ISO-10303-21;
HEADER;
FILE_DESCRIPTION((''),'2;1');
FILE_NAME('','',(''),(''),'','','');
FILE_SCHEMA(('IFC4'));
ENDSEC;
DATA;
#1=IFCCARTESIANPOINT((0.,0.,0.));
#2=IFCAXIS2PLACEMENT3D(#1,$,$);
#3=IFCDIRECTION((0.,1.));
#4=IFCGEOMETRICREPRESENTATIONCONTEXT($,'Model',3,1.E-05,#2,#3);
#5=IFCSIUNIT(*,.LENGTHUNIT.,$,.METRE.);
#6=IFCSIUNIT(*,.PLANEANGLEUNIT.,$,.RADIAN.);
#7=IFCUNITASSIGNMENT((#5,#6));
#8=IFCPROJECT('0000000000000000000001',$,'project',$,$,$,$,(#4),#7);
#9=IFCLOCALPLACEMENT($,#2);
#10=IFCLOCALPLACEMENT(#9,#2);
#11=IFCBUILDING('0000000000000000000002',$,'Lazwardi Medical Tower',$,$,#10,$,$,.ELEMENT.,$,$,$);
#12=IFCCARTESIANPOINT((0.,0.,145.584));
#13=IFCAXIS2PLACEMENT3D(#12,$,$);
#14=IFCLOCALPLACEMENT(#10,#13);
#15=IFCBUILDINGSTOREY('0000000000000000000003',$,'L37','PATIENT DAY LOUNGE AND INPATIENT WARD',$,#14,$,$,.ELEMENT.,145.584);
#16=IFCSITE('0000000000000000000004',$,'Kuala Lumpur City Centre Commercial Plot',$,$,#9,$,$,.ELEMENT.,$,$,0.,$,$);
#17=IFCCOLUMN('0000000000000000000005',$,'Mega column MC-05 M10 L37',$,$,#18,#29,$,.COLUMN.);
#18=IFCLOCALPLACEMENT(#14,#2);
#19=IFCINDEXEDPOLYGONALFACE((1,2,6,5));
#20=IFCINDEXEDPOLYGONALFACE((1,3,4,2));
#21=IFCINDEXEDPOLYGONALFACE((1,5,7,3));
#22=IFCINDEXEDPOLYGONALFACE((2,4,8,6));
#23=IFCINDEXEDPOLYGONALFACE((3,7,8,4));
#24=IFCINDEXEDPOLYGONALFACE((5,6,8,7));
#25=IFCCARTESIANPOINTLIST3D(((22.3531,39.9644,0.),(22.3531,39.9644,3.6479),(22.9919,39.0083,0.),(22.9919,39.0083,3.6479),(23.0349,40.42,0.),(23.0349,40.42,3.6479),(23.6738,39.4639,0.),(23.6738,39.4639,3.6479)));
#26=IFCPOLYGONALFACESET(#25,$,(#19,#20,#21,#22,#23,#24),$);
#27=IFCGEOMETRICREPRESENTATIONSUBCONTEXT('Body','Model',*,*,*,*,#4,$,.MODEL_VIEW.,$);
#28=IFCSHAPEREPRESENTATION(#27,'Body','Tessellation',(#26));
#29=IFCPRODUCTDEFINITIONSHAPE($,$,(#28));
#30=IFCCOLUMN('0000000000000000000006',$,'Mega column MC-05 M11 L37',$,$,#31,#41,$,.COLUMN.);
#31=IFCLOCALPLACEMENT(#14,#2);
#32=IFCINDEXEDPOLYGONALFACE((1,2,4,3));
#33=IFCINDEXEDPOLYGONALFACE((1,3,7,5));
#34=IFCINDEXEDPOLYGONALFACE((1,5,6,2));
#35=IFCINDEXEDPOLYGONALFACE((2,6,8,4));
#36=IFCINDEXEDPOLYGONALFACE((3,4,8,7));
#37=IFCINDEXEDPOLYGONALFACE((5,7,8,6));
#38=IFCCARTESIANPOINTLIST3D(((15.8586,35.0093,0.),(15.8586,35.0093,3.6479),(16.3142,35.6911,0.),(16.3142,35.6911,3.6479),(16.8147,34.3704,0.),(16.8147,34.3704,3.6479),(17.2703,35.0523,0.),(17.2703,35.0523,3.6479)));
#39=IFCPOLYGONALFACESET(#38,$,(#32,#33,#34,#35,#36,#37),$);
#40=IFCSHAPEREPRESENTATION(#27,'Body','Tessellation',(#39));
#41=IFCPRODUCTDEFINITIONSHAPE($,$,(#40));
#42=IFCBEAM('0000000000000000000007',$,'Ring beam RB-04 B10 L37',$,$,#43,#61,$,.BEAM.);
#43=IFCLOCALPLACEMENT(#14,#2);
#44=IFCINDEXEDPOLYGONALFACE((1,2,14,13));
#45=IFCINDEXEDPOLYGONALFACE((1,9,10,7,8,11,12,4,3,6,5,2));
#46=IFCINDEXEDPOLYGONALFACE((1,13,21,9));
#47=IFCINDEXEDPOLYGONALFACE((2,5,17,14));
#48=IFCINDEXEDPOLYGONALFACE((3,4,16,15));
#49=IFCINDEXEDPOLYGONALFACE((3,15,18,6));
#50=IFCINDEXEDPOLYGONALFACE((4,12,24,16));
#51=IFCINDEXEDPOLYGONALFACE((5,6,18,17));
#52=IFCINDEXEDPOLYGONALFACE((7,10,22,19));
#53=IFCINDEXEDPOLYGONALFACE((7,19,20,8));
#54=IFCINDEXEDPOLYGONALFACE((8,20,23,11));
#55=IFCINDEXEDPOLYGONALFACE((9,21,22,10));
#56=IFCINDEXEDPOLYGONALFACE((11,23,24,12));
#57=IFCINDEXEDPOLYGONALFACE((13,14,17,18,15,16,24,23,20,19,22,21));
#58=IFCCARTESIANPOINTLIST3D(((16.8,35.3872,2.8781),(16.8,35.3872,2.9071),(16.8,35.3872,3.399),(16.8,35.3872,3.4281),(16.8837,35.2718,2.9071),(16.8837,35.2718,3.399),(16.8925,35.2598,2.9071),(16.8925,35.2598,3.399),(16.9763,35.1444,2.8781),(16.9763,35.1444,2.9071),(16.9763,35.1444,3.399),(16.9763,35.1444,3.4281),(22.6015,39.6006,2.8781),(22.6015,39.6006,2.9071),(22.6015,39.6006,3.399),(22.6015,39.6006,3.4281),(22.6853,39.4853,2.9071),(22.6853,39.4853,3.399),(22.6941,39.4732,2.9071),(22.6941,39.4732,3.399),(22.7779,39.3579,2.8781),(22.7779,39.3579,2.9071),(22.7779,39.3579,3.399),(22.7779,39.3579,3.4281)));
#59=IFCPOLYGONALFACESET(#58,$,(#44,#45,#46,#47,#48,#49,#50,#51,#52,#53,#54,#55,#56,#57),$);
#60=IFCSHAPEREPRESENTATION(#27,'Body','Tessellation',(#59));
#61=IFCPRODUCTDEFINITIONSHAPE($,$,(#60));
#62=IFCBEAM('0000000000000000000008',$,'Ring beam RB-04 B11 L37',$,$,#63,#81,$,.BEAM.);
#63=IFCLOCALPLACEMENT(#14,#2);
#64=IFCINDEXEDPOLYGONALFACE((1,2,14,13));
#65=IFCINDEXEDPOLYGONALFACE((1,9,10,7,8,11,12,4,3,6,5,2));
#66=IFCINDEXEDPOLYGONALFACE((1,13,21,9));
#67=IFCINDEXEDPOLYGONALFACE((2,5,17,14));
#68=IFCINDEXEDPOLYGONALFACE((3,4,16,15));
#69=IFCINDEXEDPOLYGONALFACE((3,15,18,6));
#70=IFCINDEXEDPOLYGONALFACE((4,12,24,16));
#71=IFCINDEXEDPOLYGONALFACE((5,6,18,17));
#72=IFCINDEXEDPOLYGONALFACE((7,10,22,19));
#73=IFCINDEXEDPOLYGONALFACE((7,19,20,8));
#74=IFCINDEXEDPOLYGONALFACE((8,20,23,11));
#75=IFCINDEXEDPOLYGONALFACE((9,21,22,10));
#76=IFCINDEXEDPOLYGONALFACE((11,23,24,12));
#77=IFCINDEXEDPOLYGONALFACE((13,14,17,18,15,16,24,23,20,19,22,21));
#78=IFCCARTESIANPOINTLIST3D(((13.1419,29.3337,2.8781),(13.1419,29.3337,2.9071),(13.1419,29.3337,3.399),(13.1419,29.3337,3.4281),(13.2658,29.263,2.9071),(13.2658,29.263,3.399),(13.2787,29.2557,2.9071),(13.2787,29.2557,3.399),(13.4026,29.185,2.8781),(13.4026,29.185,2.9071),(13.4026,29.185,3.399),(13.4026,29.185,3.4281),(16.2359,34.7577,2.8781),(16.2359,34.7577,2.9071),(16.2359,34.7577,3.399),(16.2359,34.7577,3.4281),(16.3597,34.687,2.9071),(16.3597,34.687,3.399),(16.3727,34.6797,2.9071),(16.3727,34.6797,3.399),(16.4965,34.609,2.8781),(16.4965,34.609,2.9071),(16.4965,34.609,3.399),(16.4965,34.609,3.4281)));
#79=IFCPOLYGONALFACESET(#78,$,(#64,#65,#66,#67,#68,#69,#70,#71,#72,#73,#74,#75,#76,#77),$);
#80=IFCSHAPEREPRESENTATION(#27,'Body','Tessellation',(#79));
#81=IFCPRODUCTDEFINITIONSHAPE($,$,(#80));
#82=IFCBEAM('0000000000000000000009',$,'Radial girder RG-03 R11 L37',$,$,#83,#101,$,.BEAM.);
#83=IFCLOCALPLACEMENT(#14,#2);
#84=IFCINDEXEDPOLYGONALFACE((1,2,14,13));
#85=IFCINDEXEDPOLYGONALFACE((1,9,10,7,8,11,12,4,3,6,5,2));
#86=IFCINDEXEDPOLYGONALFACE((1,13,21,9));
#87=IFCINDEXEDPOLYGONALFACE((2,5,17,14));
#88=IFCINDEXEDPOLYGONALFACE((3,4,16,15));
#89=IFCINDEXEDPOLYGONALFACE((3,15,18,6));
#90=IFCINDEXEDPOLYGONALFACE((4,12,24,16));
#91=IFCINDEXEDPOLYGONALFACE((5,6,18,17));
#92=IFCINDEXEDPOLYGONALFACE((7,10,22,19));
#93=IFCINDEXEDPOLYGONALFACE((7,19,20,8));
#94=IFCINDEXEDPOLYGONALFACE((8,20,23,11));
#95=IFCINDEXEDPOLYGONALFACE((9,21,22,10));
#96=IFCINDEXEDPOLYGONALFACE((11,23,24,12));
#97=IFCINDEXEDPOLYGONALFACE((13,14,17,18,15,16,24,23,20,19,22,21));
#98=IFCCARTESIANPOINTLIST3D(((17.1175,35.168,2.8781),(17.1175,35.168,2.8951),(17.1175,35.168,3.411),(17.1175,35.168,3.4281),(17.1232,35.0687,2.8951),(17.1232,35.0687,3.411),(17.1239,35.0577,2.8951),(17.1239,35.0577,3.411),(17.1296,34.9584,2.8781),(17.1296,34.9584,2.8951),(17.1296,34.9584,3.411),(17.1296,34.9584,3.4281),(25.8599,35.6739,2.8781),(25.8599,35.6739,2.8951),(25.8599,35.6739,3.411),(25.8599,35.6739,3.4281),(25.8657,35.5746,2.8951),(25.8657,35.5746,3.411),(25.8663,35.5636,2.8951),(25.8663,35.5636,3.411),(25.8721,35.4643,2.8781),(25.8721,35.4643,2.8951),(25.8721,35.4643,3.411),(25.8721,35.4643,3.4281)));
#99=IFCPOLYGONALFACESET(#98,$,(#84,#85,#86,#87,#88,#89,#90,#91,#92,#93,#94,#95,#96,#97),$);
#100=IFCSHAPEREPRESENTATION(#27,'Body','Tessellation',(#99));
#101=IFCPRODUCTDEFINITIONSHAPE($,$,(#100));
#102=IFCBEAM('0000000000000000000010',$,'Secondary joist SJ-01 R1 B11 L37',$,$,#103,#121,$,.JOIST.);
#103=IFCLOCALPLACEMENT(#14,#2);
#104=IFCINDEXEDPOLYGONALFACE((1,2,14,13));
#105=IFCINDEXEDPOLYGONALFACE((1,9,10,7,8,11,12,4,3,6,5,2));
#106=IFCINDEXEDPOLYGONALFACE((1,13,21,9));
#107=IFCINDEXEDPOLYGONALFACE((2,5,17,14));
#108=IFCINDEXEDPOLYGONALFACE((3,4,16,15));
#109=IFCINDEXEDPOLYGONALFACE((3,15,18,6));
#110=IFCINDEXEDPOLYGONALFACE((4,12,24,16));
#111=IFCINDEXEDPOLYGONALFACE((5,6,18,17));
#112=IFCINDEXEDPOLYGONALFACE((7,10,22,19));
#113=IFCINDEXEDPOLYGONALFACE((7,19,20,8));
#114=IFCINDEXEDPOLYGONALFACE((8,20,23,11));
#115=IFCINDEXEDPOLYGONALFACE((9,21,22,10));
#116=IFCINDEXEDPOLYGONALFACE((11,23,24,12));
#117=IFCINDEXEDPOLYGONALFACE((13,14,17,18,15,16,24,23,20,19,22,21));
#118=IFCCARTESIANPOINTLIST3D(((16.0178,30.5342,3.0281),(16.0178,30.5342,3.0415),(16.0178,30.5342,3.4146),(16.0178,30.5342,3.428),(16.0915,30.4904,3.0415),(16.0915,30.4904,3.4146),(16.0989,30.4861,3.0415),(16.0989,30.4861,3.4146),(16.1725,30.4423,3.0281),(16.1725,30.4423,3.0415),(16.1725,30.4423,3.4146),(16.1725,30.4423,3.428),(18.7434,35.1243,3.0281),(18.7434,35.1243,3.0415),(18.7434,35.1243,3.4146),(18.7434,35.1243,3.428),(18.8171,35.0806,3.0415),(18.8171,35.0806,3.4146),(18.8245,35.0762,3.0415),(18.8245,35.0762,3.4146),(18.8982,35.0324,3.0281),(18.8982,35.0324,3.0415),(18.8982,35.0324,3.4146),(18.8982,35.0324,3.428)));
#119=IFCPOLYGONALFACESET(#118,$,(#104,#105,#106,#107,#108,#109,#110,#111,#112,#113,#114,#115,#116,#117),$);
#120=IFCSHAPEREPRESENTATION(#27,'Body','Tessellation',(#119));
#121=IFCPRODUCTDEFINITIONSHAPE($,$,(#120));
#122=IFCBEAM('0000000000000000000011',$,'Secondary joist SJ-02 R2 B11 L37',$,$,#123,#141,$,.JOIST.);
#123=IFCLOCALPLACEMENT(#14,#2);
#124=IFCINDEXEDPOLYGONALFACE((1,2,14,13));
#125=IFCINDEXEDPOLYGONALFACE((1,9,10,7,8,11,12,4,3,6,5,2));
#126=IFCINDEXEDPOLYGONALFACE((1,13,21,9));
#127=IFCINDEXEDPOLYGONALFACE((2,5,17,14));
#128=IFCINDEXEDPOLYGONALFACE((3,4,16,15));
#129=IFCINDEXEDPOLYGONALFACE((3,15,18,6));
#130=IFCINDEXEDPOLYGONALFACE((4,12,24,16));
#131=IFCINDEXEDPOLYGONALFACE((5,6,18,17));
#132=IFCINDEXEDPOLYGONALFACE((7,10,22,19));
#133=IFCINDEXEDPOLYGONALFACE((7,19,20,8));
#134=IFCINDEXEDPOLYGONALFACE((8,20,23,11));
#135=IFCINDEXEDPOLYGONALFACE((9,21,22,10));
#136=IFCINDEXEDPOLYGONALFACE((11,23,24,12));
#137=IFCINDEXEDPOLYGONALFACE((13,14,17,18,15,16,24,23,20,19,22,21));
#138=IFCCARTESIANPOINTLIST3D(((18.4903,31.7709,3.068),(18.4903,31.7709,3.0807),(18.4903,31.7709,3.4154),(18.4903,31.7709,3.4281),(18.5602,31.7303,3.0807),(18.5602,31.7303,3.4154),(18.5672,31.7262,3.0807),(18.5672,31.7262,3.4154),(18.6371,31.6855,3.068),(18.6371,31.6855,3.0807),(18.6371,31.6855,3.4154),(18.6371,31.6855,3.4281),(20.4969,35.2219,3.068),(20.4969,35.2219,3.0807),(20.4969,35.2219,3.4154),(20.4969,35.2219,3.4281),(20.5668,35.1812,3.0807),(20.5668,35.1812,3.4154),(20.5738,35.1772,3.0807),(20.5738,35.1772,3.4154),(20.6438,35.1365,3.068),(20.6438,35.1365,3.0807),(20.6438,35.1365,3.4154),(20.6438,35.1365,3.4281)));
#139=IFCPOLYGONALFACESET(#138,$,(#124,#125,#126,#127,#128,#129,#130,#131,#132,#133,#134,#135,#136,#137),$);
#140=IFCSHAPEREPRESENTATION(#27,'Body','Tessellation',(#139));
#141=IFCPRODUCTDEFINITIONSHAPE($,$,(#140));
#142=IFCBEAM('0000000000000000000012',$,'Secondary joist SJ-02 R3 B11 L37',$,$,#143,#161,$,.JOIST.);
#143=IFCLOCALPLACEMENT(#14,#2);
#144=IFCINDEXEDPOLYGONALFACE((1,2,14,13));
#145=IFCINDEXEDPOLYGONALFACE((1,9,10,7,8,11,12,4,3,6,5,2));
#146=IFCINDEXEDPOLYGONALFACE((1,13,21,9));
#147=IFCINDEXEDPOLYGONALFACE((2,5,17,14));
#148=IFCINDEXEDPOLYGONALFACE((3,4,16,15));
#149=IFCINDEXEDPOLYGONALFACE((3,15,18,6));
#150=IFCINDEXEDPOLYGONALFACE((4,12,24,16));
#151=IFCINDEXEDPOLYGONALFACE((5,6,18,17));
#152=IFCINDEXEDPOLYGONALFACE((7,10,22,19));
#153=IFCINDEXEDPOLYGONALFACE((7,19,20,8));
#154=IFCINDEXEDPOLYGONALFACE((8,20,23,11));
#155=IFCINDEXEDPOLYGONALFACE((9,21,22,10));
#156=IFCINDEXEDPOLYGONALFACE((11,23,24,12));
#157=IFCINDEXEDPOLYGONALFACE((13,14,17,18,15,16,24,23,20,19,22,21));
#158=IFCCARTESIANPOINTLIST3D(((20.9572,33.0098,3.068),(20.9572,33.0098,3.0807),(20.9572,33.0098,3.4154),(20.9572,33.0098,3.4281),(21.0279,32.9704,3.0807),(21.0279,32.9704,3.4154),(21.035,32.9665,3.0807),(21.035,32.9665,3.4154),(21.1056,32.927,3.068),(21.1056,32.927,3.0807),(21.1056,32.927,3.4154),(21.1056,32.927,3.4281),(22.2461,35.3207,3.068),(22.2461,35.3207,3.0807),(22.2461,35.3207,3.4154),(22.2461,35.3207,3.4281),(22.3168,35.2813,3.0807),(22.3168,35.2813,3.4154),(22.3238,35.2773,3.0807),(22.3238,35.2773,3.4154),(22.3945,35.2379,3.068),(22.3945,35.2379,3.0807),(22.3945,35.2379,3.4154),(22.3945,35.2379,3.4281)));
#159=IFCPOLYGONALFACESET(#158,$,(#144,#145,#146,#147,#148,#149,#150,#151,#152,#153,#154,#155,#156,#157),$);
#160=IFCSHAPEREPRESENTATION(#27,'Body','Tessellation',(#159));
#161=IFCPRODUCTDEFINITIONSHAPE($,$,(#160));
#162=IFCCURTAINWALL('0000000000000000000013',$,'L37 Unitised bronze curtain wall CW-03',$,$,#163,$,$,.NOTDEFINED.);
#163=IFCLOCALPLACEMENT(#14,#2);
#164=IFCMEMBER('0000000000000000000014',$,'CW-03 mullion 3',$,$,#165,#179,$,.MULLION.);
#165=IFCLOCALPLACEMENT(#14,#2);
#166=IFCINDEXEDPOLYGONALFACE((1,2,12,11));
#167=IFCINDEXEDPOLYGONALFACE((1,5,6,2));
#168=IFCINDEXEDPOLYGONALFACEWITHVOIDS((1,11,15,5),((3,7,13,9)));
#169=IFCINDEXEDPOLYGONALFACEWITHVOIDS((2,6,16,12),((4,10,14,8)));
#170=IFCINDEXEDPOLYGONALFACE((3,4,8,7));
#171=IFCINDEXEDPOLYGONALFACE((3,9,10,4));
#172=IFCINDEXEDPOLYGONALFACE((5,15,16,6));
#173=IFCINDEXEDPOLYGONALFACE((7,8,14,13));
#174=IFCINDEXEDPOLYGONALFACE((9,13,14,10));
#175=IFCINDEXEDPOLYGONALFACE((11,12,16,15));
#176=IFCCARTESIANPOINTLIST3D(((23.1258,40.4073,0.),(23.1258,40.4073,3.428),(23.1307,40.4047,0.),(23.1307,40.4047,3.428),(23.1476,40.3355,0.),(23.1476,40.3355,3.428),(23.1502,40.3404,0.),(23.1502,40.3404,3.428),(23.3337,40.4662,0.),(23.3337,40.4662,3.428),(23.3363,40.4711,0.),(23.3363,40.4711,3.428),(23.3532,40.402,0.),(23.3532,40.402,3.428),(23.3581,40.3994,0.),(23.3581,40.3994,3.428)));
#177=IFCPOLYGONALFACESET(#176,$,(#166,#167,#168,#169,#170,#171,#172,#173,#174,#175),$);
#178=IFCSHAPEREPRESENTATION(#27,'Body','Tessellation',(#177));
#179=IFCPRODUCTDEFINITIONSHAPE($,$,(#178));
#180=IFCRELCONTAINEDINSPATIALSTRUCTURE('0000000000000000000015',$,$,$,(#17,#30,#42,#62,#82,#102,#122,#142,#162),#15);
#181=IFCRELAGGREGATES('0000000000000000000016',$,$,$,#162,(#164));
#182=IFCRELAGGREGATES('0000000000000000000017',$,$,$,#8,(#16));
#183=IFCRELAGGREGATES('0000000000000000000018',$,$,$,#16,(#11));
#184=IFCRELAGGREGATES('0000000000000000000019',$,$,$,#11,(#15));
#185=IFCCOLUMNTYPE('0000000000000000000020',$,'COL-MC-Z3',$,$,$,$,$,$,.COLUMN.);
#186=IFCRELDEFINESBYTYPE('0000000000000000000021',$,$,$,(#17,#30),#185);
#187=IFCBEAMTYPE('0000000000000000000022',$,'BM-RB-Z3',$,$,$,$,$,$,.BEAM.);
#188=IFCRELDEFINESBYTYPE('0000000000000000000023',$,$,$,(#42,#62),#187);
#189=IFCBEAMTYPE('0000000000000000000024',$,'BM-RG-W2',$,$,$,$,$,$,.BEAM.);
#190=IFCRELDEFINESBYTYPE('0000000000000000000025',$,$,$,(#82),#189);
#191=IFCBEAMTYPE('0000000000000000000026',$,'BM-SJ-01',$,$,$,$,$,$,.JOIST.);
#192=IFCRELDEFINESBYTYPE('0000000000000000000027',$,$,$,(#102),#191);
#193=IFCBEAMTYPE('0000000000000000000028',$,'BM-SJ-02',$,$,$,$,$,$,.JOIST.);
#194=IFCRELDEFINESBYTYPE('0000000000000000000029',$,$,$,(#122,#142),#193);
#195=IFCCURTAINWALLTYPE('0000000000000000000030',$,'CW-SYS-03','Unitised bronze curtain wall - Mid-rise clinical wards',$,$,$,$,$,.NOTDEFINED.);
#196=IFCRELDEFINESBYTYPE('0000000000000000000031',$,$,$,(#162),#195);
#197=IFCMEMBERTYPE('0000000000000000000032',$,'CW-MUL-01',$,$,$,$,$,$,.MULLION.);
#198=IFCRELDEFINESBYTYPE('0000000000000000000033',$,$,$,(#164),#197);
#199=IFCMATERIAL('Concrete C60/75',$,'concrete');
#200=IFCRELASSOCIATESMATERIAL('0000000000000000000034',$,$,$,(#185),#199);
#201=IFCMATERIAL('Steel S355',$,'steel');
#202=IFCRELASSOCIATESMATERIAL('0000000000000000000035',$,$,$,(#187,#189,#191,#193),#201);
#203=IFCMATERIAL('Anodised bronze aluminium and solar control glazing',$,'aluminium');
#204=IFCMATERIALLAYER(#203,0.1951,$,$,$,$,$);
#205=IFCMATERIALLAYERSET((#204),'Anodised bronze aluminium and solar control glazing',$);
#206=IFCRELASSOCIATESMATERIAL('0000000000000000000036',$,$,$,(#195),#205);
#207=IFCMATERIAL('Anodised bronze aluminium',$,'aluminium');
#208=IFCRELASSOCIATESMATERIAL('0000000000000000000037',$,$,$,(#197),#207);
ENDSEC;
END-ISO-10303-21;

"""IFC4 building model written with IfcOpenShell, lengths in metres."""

from ifc_helpers import new_model, si_unit, direction, frame, origin, origin_2d, place, context, subcontext, project, spatial, rectangle, hollow_rectangle, i_section, extrude, material, layer, layer_set, material_profile, profile_set, type_object, element, aggregate, save


model = new_model("IFC4")

# Units and contexts
model_context = context("Model", 3, precision=1e-05, world=origin(), true_north=direction((0.0, 1.0)))
body_context = subcontext(model_context, "Body", "Model", "MODEL_VIEW")
ifc_project = project(units=[si_unit("LENGTHUNIT", "METRE"), si_unit("PLANEANGLEUNIT", "RADIAN")], contexts=[model_context])

# Site, building, storey
site_placement = place(None, origin())
site = spatial("IfcSite", under=ifc_project, at=site_placement, Name="Kuala Lumpur City Centre Commercial Plot", CompositionType="ELEMENT", RefElevation=0.0)
building_placement = place(site_placement, origin())
building = spatial("IfcBuilding", under=site, at=building_placement, Name="Lazwardi Medical Tower", CompositionType="ELEMENT")
storey_placement = place(building_placement, frame((0.0, 0.0, 145.584)))
storey = spatial("IfcBuildingStorey", under=building, at=storey_placement, Name="L37", Description="PATIENT DAY LOUNGE AND INPATIENT WARD", CompositionType="ELEMENT", Elevation=145.584)

# Columns
ifc_material_1 = material(Name="Concrete C60/75", Category="concrete")
ifc_material_profile_1 = material_profile(ifc_material_1, rectangle(XDim=1.1499, YDim=0.8201, at=origin_2d()), Name="CFT-RECT 1150x820")
ifc_profile_set_1 = profile_set([ifc_material_profile_1], Name="Concrete C60/75")
column_type = type_object("IfcColumnType", Name="COL-MC-Z3", PredefinedType="COLUMN", material=ifc_profile_set_1)
for number, where, z_axis, x_axis, name in (
    (1, (23.0134, 39.7141, 0.0), (0.0, 0.0, 1.0), (-0.55557, 0.83147, 0.0), "Mega column MC-05 M10 L37"),
    (2, (16.5645, 35.0308, 0.0), (0.0, 0.0, 1.0), (-0.83147, 0.55557, 0.0), "Mega column MC-05 M11 L37"),
):
    element("IfcColumn", number, at=place(storey_placement, frame(where, z_axis=z_axis, x_axis=x_axis)), inside=storey, type_object=column_type, Name=name, PredefinedType="COLUMN", context=body_context, shape_type="SweptSolid", body=[
        extrude(rectangle(XDim=1.1499, YDim=0.8201, at=origin_2d()), origin(), (0.0, 0.0, 1.0), 3.6479),
    ])

# Beams
ifc_material_2 = material(Name="Steel S355", Category="steel")
ifc_material_profile_2 = material_profile(ifc_material_2, i_section(OverallWidth=0.3, OverallDepth=0.55, WebThickness=0.0149, FlangeThickness=0.0291, at=origin_2d()), Name="HEB 550")
ifc_profile_set_2 = profile_set([ifc_material_profile_2], Name="Steel S355")
beam_type_1 = type_object("IfcBeamType", Name="BM-RB-Z3", PredefinedType="BEAM", material=ifc_profile_set_2)
beam_1_placement = place(storey_placement, frame((22.6897, 39.4792, 3.1531), z_axis=(-0.809128, -0.587633, 0.0), x_axis=(0.587633, -0.809128, 0.0)))
element("IfcBeam", 3, at=beam_1_placement, inside=storey, type_object=beam_type_1, Name="Ring beam RB-04 B10 L37", PredefinedType="BEAM", context=body_context, shape_type="SweptSolid", body=[
    extrude(i_section(OverallWidth=0.3, OverallDepth=0.55, WebThickness=0.0149, FlangeThickness=0.0291, at=origin_2d()), origin(), (0.0, 0.0, 1.0), 7.1702),
])
beam_2_placement = place(storey_placement, frame((16.3662, 34.6833, 3.1531), z_axis=(-0.495478, -0.868621, 0.0), x_axis=(0.868621, -0.495478, 0.0)))
element("IfcBeam", 4, at=beam_2_placement, inside=storey, type_object=beam_type_1, Name="Ring beam RB-04 B11 L37", PredefinedType="BEAM", context=body_context, shape_type="SweptSolid", body=[
    extrude(i_section(OverallWidth=0.3, OverallDepth=0.55, WebThickness=0.0149, FlangeThickness=0.0291, at=origin_2d()), origin(), (0.0, 0.0, 1.0), 6.2444),
])
ifc_material_profile_3 = material_profile(ifc_material_2, i_section(OverallWidth=0.21, OverallDepth=0.55, WebThickness=0.011, FlangeThickness=0.0171, at=origin_2d()), Name="IPE 550")
ifc_profile_set_3 = profile_set([ifc_material_profile_3], Name="Steel S355")
beam_type_2 = type_object("IfcBeamType", Name="BM-RG-W2", PredefinedType="BEAM", material=ifc_profile_set_3)
beam_3_placement = place(storey_placement, frame((17.1235, 35.0632, 3.1531), z_axis=(0.99833, 0.057766, 0.0), x_axis=(-0.057766, 0.99833, 0.0)))
element("IfcBeam", 5, at=beam_3_placement, inside=storey, type_object=beam_type_2, Name="Radial girder RG-03 R11 L37", PredefinedType="BEAM", context=body_context, shape_type="SweptSolid", body=[
    extrude(i_section(OverallWidth=0.21, OverallDepth=0.55, WebThickness=0.011, FlangeThickness=0.0171, at=origin_2d()), origin(), (0.0, 0.0, 1.0), 8.7571),
])
ifc_material_profile_4 = material_profile(ifc_material_2, i_section(OverallWidth=0.1799, OverallDepth=0.3999, WebThickness=0.0085, FlangeThickness=0.0134, at=origin_2d()), Name="IPE 400")
ifc_profile_set_4 = profile_set([ifc_material_profile_4], Name="Steel S355")
beam_type_3 = type_object("IfcBeamType", Name="BM-SJ-01", PredefinedType="JOIST", material=ifc_profile_set_4)
beam_4_placement = place(storey_placement, frame((18.8208, 35.0784, 3.228), z_axis=(-0.510569, -0.859837, 0.0), x_axis=(0.859837, -0.510569, 0.0)))
element("IfcBeam", 6, at=beam_4_placement, inside=storey, type_object=beam_type_3, Name="Secondary joist SJ-01 R1 B11 L37", PredefinedType="JOIST", context=body_context, shape_type="SweptSolid", body=[
    extrude(i_section(OverallWidth=0.1799, OverallDepth=0.3999, WebThickness=0.0085, FlangeThickness=0.0134, at=origin_2d()), origin(), (0.0, 0.0, 1.0), 5.3384),
])
ifc_material_profile_5 = material_profile(ifc_material_2, i_section(OverallWidth=0.1699, OverallDepth=0.3601, WebThickness=0.0081, FlangeThickness=0.0127, at=origin_2d()), Name="IPE 360")
ifc_profile_set_5 = profile_set([ifc_material_profile_5], Name="Steel S355")
beam_type_4 = type_object("IfcBeamType", Name="BM-SJ-02", PredefinedType="JOIST", material=ifc_profile_set_5)
beam_5_placement = place(storey_placement, frame((20.5703, 35.1792, 3.248), z_axis=(-0.502665, -0.864481, 0.0), x_axis=(0.864481, -0.502665, 0.0)))
element("IfcBeam", 7, at=beam_5_placement, inside=storey, type_object=beam_type_4, Name="Secondary joist SJ-02 R2 B11 L37", PredefinedType="JOIST", context=body_context, shape_type="SweptSolid", body=[
    extrude(i_section(OverallWidth=0.1699, OverallDepth=0.3601, WebThickness=0.0081, FlangeThickness=0.0127, at=origin_2d()), origin(), (0.0, 0.0, 1.0), 3.9919),
])
beam_6_placement = place(storey_placement, frame((22.3203, 35.2793, 3.248), z_axis=(-0.487099, -0.873347, 0.0), x_axis=(0.873347, -0.487099, 0.0)))
element("IfcBeam", 8, at=beam_6_placement, inside=storey, type_object=beam_type_4, Name="Secondary joist SJ-02 R3 B11 L37", PredefinedType="JOIST", context=body_context, shape_type="SweptSolid", body=[
    extrude(i_section(OverallWidth=0.1699, OverallDepth=0.3601, WebThickness=0.0081, FlangeThickness=0.0127, at=origin_2d()), origin(), (0.0, 0.0, 1.0), 2.646),
])

# Curtain wall, member
ifc_material_3 = material(Name="Anodised bronze aluminium and solar control glazing", Category="aluminium")
ifc_layer_1 = layer(ifc_material_3, 0.1951)
ifc_layer_set_1 = layer_set([ifc_layer_1], Name="Anodised bronze aluminium and solar control glazing")
curtain_wall_type = type_object("IfcCurtainWallType", Name="CW-SYS-03", Description="Unitised bronze curtain wall - Mid-rise clinical wards", PredefinedType="NOTDEFINED", material=ifc_layer_set_1)
curtain_wall_1_placement = place(storey_placement, origin())
curtain_wall_1 = element("IfcCurtainWall", 9, at=curtain_wall_1_placement, inside=storey, type_object=curtain_wall_type, Name="L37 Unitised bronze curtain wall CW-03", PredefinedType="NOTDEFINED")
ifc_material_4 = material(Name="Anodised bronze aluminium", Category="aluminium")
ifc_material_profile_6 = material_profile(ifc_material_4, hollow_rectangle(XDim=0.075, YDim=0.22, WallThickness=0.0039, at=origin_2d()), Name="ALU-MULLION 220x75x4")
ifc_profile_set_6 = profile_set([ifc_material_profile_6], Name="Anodised bronze aluminium")
member_type_1 = type_object("IfcMemberType", Name="CW-MUL-01", PredefinedType="MULLION", material=ifc_profile_set_6)
member_1_placement = place(storey_placement, frame((23.2419, 40.4033, 0.0), z_axis=(0.0, 0.0, 1.0), x_axis=(0.290281, -0.956942, 0.0)))
member_1 = element("IfcMember", 10, at=member_1_placement, type_object=member_type_1, Name="CW-03 mullion 3", PredefinedType="MULLION", context=body_context, shape_type="SweptSolid", body=[
    extrude(hollow_rectangle(XDim=0.075, YDim=0.22, WallThickness=0.0039, at=origin_2d()), origin(), (0.0, 0.0, 1.0), 3.428),
])
aggregate(curtain_wall_1, [member_1])

save(model, "model.ifc")
